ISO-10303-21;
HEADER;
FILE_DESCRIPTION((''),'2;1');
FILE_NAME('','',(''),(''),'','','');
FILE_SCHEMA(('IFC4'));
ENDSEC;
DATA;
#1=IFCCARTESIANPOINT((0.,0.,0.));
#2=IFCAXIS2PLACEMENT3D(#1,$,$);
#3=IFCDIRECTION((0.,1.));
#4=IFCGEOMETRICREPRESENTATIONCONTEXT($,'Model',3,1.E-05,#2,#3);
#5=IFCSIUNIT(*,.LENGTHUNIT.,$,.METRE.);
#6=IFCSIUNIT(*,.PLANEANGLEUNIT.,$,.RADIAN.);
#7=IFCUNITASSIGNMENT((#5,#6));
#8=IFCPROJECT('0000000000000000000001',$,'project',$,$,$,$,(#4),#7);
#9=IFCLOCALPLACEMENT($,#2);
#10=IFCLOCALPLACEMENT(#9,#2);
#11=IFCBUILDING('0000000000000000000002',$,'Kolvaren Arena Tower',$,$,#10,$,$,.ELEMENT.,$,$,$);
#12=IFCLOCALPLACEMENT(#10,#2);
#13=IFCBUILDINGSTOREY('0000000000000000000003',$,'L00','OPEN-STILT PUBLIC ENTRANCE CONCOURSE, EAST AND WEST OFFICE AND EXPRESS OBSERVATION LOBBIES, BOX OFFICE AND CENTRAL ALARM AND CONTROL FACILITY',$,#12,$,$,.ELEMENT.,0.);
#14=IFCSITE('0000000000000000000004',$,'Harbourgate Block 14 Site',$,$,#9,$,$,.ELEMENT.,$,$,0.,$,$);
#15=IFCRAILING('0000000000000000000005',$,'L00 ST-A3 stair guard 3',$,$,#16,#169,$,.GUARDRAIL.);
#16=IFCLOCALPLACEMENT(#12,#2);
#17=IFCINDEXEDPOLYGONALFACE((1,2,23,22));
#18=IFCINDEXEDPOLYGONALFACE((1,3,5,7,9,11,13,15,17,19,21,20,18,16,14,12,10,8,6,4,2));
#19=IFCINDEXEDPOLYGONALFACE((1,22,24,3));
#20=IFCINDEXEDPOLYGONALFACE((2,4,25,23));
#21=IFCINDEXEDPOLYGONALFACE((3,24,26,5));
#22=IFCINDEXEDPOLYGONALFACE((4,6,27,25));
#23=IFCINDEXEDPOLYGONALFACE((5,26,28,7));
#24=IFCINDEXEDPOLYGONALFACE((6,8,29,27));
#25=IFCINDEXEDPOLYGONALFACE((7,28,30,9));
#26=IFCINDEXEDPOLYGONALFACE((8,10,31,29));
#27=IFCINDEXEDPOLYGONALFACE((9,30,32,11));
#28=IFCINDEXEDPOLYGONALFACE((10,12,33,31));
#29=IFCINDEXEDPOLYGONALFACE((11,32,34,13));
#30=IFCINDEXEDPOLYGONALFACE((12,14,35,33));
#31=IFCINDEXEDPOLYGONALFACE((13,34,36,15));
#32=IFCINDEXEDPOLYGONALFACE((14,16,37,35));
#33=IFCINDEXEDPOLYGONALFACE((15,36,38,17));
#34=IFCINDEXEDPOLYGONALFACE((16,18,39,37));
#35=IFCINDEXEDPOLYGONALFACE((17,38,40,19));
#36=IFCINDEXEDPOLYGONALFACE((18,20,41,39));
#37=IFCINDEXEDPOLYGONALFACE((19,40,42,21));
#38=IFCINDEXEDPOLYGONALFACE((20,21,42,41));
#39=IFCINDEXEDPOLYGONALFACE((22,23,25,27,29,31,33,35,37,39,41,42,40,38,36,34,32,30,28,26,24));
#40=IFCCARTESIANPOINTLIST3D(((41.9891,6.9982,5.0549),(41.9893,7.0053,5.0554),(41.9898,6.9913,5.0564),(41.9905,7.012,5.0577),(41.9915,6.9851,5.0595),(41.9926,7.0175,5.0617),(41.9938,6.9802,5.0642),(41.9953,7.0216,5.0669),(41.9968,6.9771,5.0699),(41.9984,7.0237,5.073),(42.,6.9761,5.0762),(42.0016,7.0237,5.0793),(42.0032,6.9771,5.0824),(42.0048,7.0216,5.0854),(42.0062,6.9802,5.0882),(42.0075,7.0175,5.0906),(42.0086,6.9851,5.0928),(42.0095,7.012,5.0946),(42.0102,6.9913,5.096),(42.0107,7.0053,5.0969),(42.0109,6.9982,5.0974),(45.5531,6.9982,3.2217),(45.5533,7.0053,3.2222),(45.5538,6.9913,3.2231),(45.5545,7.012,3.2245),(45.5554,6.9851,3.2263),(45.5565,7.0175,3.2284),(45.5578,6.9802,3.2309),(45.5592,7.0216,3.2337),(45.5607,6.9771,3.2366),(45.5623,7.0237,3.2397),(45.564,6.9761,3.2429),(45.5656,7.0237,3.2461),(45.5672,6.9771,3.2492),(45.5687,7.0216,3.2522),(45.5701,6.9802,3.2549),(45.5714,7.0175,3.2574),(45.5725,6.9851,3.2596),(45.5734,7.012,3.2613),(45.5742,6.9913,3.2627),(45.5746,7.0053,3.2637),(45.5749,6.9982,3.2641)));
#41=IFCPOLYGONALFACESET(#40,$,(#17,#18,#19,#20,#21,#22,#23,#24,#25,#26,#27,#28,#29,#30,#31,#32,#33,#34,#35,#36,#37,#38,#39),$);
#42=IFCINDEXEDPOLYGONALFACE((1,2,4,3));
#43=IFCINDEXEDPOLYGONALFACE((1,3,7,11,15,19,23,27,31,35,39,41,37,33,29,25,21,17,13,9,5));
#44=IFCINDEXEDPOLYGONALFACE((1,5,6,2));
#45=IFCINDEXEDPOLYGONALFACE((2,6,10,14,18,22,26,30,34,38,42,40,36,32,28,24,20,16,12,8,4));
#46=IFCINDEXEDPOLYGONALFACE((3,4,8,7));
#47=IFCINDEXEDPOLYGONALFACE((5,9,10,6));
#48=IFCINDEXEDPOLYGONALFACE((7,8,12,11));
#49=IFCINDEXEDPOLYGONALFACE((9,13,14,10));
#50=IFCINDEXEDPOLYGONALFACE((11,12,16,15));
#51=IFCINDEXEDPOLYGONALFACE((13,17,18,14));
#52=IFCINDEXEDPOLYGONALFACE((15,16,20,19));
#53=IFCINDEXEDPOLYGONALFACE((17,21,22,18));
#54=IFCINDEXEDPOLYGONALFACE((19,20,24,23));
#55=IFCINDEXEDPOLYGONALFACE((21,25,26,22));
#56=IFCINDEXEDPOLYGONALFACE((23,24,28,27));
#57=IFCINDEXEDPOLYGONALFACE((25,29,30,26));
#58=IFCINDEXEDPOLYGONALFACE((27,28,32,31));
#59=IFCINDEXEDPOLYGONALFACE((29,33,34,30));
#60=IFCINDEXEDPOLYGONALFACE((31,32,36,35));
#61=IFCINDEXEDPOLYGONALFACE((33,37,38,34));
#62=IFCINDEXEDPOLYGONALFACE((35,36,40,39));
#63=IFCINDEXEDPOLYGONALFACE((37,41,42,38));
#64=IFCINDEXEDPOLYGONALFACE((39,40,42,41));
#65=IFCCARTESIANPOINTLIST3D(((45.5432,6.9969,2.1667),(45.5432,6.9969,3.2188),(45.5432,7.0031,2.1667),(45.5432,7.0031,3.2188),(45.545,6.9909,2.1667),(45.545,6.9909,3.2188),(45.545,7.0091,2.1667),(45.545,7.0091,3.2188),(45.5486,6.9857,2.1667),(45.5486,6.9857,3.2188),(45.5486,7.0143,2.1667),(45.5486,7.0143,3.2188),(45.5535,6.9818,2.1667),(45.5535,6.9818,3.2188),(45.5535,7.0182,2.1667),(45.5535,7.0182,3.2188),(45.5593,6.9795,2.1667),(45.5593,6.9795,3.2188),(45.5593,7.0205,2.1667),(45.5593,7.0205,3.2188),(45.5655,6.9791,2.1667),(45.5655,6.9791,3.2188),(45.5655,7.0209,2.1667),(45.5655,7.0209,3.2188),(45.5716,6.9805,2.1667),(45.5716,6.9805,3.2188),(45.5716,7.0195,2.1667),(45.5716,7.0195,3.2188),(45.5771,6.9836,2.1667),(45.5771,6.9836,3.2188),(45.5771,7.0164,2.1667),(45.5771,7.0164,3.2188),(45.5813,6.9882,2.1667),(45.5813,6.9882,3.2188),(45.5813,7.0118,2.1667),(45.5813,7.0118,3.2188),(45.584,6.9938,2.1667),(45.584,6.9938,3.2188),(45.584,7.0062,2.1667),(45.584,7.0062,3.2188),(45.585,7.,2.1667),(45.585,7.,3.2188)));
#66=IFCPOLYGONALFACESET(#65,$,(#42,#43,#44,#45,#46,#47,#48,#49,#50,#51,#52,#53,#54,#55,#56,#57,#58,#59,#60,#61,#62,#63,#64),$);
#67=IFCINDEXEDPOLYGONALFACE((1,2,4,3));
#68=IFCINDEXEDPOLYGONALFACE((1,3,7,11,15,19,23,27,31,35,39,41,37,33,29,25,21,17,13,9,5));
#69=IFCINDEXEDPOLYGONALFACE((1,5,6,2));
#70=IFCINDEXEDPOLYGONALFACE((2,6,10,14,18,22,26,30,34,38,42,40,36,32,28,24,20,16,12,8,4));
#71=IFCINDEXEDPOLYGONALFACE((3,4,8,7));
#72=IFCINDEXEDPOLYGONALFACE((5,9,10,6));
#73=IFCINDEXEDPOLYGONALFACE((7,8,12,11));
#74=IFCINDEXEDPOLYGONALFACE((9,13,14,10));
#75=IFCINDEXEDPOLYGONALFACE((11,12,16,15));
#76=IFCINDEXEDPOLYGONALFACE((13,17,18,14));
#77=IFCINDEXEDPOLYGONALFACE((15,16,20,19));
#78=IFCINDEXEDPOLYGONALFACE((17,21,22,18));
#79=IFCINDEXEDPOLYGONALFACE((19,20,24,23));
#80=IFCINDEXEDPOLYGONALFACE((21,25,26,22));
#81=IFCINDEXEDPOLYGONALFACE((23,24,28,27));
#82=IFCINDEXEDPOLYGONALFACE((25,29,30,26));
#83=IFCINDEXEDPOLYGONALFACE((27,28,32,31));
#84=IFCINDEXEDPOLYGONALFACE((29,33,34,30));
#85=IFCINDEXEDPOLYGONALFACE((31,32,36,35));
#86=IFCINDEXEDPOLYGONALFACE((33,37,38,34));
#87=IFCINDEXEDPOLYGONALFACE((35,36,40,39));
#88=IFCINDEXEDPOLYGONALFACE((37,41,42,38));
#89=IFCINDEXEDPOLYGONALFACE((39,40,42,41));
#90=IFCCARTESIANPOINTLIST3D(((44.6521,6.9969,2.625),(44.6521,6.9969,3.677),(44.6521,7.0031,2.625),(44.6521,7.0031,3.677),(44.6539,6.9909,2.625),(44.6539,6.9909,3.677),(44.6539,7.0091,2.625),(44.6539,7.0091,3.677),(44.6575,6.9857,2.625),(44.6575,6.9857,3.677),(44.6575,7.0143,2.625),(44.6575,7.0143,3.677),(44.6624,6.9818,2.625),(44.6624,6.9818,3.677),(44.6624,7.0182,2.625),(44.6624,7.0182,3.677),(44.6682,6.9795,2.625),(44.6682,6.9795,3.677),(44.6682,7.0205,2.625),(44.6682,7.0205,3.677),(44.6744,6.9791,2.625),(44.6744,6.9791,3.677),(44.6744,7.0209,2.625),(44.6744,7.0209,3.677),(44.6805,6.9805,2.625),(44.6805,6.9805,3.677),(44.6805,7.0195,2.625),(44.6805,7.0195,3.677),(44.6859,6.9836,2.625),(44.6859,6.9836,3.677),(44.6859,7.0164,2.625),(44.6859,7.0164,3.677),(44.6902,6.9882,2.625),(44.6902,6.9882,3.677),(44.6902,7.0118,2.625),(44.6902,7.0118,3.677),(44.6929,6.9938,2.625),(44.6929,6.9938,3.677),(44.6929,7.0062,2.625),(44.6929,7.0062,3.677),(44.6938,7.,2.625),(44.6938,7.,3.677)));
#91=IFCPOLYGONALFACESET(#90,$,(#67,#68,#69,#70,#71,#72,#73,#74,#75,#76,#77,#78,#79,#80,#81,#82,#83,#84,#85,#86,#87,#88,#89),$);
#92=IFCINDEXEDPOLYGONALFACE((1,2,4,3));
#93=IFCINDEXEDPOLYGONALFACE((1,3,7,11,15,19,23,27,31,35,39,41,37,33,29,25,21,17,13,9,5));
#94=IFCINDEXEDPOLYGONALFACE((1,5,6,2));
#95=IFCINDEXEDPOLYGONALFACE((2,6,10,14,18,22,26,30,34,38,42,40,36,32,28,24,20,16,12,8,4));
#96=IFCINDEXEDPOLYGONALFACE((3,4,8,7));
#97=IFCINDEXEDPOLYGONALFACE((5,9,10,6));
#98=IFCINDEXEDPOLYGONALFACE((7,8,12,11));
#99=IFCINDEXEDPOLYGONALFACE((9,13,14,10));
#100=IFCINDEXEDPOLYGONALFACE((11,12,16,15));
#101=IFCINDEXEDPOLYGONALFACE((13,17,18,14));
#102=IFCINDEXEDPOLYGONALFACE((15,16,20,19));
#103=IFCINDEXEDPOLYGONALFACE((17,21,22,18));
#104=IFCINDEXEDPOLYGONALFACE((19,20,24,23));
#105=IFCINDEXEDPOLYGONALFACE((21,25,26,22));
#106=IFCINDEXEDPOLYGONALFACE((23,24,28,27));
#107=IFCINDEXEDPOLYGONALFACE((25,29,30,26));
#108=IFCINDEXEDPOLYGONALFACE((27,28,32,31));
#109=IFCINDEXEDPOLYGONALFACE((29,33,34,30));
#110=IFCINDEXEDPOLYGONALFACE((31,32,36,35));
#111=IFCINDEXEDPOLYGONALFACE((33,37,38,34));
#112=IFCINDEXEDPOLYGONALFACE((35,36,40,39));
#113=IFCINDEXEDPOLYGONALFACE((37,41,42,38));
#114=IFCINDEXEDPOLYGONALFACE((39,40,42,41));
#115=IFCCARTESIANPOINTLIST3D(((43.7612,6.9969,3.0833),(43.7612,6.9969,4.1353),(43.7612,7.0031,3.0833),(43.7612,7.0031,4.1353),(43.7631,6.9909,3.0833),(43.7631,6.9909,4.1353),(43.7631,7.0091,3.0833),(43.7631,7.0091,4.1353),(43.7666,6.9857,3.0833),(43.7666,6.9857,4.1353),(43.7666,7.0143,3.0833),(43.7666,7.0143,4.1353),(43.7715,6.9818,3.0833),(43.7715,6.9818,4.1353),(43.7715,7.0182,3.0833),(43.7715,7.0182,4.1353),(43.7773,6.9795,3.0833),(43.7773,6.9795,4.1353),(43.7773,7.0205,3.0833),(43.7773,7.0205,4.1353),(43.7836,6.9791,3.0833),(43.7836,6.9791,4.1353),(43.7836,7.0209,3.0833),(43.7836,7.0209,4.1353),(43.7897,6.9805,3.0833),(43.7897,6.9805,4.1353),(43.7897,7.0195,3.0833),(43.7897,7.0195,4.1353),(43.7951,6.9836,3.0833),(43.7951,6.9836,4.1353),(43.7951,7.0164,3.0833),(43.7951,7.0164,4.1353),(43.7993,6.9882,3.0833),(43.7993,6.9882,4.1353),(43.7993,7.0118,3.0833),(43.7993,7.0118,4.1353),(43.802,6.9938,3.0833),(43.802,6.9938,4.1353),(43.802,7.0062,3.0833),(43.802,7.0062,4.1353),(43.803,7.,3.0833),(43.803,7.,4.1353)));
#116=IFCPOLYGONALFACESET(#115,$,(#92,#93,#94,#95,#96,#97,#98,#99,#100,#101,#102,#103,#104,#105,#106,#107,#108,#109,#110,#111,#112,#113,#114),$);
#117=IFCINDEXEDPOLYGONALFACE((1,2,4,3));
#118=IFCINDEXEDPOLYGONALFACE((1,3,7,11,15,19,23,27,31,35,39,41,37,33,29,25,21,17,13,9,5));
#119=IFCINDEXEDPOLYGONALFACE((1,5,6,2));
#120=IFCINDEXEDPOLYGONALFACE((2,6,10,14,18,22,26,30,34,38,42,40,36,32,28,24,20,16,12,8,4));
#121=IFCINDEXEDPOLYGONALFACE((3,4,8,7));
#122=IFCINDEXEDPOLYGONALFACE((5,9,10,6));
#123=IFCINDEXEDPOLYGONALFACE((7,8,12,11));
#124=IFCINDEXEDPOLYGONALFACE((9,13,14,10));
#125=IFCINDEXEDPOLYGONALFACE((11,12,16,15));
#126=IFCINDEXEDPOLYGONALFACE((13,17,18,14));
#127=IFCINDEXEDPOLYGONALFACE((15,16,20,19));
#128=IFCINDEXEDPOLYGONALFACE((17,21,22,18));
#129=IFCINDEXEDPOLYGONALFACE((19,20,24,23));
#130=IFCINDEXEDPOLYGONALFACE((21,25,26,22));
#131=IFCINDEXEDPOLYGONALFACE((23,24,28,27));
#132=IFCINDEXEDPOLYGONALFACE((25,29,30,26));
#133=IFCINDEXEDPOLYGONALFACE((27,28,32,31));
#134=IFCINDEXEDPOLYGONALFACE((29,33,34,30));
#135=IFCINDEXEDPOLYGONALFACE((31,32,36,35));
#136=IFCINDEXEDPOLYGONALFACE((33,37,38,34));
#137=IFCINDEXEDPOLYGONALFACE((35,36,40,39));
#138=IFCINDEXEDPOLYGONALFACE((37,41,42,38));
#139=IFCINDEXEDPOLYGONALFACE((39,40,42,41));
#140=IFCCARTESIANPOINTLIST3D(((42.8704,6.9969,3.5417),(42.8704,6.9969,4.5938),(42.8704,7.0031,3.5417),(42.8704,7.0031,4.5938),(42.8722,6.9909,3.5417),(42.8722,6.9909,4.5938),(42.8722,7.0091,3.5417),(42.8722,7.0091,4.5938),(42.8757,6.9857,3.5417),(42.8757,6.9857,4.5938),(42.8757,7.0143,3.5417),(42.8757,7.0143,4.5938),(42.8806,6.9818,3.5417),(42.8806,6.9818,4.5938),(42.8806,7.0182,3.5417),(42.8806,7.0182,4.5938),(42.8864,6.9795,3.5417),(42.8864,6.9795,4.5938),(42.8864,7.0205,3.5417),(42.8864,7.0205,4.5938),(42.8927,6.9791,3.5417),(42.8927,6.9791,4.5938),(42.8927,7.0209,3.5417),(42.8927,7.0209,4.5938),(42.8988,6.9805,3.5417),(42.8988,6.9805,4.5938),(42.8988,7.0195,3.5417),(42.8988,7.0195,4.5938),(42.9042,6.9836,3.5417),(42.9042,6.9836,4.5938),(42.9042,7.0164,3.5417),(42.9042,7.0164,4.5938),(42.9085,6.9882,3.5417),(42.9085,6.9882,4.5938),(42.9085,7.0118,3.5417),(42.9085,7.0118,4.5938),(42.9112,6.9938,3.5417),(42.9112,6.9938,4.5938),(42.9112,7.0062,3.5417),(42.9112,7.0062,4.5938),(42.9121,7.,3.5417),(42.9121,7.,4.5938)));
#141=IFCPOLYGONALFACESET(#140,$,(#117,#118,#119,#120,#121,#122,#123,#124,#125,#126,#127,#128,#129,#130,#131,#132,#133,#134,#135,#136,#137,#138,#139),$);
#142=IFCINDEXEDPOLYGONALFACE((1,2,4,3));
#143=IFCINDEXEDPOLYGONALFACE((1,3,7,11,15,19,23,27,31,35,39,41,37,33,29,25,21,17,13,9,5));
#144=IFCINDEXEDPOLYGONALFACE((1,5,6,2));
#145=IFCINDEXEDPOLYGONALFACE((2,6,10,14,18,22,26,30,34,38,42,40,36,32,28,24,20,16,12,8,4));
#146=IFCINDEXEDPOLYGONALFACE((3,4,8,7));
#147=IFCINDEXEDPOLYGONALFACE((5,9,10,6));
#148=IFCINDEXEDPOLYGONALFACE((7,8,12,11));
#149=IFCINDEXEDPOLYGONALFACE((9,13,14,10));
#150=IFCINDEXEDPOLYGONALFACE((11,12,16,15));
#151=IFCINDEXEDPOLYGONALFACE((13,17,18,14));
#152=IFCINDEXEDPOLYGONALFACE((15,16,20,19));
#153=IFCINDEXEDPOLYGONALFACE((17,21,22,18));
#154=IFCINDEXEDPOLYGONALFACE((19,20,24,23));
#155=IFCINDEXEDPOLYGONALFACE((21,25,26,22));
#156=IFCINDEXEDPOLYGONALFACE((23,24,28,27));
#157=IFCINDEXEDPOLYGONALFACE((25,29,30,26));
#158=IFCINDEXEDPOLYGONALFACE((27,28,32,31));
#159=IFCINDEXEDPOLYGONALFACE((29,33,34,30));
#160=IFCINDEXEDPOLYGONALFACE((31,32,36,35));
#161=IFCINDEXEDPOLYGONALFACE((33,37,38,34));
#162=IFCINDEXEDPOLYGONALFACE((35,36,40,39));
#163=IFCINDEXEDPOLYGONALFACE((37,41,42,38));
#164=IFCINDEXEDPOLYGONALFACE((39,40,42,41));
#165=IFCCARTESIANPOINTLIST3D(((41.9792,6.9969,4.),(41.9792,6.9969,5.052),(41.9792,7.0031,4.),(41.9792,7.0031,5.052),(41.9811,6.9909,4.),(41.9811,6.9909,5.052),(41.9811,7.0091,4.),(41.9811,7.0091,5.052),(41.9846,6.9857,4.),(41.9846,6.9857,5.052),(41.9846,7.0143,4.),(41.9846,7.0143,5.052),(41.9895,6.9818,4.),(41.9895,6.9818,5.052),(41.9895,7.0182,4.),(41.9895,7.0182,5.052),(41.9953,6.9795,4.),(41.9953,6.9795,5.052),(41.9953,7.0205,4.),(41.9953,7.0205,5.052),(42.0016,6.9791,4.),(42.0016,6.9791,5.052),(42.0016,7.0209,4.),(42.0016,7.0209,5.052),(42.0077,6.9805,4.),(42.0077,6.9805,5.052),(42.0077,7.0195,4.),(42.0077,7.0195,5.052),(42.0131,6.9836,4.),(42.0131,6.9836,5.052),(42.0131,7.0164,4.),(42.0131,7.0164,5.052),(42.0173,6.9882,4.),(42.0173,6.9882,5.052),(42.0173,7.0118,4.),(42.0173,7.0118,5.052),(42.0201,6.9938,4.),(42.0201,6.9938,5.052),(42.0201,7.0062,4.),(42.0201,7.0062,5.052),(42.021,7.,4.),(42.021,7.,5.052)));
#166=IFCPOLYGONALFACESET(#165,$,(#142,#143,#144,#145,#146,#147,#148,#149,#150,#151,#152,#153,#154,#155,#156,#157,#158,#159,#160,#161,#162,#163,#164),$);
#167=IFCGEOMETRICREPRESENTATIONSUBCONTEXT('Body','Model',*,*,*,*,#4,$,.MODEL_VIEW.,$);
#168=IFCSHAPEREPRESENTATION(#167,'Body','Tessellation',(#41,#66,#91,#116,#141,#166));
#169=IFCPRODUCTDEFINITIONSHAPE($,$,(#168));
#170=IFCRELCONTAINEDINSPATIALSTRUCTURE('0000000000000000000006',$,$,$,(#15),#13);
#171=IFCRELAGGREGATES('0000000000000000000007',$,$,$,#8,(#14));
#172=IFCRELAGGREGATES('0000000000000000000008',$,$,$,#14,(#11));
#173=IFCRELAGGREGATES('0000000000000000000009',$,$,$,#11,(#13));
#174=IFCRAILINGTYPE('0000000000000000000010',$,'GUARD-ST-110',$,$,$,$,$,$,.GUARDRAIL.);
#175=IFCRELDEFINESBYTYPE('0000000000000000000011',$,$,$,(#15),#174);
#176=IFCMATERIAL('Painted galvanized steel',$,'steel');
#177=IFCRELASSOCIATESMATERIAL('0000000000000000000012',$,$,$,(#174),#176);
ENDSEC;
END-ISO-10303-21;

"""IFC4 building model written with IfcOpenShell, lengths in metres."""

from ifc_helpers import new_model, si_unit, direction, frame, origin, origin_2d, place, context, subcontext, project, spatial, circle, extrude, material, type_object, element, save


model = new_model("IFC4")

# Units and contexts
model_context = context("Model", 3, precision=1e-05, world=origin(), true_north=direction((0.0, 1.0)))
body_context = subcontext(model_context, "Body", "Model", "MODEL_VIEW")
ifc_project = project(units=[si_unit("LENGTHUNIT", "METRE"), si_unit("PLANEANGLEUNIT", "RADIAN")], contexts=[model_context])

# Site, building, storey
site_placement = place(None, origin())
site = spatial("IfcSite", under=ifc_project, at=site_placement, Name="Harbourgate Block 14 Site", CompositionType="ELEMENT", RefElevation=0.0)
building_placement = place(site_placement, origin())
building = spatial("IfcBuilding", under=site, at=building_placement, Name="Kolvaren Arena Tower", CompositionType="ELEMENT")
storey_placement = place(building_placement, origin())
storey = spatial("IfcBuildingStorey", under=building, at=storey_placement, Name="L00", Description="OPEN-STILT PUBLIC ENTRANCE CONCOURSE, EAST AND WEST OFFICE AND EXPRESS OBSERVATION LOBBIES, BOX OFFICE AND CENTRAL ALARM AND CONTROL FACILITY", CompositionType="ELEMENT", Elevation=0.0)

# Railing
ifc_material_1 = material(Name="Painted galvanized steel", Category="steel")
railing_type_1 = type_object("IfcRailingType", Name="GUARD-ST-110", PredefinedType="GUARDRAIL", material=ifc_material_1)
railing_1_placement = place(storey_placement, frame((45.564, 7.0, 2.1667)))
element("IfcRailing", 1, at=railing_1_placement, inside=storey, type_object=railing_type_1, Name="L00 ST-A3 stair guard 3", PredefinedType="GUARDRAIL", context=body_context, shape_type="SweptSolid", body=[
    extrude(circle(Radius=0.0239, at=origin_2d()), frame((0.0, 0.0, 1.0762), z_axis=(-0.889252, 0.0, 0.457418), x_axis=(0.0, -1.0, 0.0)), (0.0, 0.0, 1.0), 4.0078),
    extrude(circle(Radius=0.021, at=origin_2d()), origin(), (0.0, 0.0, 1.0), 1.052),
    extrude(circle(Radius=0.021, at=origin_2d()), frame((-0.8911, 0.0, 0.4583)), (0.0, 0.0, 1.0), 1.052),
    extrude(circle(Radius=0.021, at=origin_2d()), frame((-1.782, 0.0, 0.9165)), (0.0, 0.0, 1.0), 1.052),
    extrude(circle(Radius=0.021, at=origin_2d()), frame((-2.6729, 0.0, 1.375)), (0.0, 0.0, 1.0), 1.052),
    extrude(circle(Radius=0.021, at=origin_2d()), frame((-3.564, 0.0, 1.8333)), (0.0, 0.0, 1.0), 1.052),
])

save(model, "model.ifc")
